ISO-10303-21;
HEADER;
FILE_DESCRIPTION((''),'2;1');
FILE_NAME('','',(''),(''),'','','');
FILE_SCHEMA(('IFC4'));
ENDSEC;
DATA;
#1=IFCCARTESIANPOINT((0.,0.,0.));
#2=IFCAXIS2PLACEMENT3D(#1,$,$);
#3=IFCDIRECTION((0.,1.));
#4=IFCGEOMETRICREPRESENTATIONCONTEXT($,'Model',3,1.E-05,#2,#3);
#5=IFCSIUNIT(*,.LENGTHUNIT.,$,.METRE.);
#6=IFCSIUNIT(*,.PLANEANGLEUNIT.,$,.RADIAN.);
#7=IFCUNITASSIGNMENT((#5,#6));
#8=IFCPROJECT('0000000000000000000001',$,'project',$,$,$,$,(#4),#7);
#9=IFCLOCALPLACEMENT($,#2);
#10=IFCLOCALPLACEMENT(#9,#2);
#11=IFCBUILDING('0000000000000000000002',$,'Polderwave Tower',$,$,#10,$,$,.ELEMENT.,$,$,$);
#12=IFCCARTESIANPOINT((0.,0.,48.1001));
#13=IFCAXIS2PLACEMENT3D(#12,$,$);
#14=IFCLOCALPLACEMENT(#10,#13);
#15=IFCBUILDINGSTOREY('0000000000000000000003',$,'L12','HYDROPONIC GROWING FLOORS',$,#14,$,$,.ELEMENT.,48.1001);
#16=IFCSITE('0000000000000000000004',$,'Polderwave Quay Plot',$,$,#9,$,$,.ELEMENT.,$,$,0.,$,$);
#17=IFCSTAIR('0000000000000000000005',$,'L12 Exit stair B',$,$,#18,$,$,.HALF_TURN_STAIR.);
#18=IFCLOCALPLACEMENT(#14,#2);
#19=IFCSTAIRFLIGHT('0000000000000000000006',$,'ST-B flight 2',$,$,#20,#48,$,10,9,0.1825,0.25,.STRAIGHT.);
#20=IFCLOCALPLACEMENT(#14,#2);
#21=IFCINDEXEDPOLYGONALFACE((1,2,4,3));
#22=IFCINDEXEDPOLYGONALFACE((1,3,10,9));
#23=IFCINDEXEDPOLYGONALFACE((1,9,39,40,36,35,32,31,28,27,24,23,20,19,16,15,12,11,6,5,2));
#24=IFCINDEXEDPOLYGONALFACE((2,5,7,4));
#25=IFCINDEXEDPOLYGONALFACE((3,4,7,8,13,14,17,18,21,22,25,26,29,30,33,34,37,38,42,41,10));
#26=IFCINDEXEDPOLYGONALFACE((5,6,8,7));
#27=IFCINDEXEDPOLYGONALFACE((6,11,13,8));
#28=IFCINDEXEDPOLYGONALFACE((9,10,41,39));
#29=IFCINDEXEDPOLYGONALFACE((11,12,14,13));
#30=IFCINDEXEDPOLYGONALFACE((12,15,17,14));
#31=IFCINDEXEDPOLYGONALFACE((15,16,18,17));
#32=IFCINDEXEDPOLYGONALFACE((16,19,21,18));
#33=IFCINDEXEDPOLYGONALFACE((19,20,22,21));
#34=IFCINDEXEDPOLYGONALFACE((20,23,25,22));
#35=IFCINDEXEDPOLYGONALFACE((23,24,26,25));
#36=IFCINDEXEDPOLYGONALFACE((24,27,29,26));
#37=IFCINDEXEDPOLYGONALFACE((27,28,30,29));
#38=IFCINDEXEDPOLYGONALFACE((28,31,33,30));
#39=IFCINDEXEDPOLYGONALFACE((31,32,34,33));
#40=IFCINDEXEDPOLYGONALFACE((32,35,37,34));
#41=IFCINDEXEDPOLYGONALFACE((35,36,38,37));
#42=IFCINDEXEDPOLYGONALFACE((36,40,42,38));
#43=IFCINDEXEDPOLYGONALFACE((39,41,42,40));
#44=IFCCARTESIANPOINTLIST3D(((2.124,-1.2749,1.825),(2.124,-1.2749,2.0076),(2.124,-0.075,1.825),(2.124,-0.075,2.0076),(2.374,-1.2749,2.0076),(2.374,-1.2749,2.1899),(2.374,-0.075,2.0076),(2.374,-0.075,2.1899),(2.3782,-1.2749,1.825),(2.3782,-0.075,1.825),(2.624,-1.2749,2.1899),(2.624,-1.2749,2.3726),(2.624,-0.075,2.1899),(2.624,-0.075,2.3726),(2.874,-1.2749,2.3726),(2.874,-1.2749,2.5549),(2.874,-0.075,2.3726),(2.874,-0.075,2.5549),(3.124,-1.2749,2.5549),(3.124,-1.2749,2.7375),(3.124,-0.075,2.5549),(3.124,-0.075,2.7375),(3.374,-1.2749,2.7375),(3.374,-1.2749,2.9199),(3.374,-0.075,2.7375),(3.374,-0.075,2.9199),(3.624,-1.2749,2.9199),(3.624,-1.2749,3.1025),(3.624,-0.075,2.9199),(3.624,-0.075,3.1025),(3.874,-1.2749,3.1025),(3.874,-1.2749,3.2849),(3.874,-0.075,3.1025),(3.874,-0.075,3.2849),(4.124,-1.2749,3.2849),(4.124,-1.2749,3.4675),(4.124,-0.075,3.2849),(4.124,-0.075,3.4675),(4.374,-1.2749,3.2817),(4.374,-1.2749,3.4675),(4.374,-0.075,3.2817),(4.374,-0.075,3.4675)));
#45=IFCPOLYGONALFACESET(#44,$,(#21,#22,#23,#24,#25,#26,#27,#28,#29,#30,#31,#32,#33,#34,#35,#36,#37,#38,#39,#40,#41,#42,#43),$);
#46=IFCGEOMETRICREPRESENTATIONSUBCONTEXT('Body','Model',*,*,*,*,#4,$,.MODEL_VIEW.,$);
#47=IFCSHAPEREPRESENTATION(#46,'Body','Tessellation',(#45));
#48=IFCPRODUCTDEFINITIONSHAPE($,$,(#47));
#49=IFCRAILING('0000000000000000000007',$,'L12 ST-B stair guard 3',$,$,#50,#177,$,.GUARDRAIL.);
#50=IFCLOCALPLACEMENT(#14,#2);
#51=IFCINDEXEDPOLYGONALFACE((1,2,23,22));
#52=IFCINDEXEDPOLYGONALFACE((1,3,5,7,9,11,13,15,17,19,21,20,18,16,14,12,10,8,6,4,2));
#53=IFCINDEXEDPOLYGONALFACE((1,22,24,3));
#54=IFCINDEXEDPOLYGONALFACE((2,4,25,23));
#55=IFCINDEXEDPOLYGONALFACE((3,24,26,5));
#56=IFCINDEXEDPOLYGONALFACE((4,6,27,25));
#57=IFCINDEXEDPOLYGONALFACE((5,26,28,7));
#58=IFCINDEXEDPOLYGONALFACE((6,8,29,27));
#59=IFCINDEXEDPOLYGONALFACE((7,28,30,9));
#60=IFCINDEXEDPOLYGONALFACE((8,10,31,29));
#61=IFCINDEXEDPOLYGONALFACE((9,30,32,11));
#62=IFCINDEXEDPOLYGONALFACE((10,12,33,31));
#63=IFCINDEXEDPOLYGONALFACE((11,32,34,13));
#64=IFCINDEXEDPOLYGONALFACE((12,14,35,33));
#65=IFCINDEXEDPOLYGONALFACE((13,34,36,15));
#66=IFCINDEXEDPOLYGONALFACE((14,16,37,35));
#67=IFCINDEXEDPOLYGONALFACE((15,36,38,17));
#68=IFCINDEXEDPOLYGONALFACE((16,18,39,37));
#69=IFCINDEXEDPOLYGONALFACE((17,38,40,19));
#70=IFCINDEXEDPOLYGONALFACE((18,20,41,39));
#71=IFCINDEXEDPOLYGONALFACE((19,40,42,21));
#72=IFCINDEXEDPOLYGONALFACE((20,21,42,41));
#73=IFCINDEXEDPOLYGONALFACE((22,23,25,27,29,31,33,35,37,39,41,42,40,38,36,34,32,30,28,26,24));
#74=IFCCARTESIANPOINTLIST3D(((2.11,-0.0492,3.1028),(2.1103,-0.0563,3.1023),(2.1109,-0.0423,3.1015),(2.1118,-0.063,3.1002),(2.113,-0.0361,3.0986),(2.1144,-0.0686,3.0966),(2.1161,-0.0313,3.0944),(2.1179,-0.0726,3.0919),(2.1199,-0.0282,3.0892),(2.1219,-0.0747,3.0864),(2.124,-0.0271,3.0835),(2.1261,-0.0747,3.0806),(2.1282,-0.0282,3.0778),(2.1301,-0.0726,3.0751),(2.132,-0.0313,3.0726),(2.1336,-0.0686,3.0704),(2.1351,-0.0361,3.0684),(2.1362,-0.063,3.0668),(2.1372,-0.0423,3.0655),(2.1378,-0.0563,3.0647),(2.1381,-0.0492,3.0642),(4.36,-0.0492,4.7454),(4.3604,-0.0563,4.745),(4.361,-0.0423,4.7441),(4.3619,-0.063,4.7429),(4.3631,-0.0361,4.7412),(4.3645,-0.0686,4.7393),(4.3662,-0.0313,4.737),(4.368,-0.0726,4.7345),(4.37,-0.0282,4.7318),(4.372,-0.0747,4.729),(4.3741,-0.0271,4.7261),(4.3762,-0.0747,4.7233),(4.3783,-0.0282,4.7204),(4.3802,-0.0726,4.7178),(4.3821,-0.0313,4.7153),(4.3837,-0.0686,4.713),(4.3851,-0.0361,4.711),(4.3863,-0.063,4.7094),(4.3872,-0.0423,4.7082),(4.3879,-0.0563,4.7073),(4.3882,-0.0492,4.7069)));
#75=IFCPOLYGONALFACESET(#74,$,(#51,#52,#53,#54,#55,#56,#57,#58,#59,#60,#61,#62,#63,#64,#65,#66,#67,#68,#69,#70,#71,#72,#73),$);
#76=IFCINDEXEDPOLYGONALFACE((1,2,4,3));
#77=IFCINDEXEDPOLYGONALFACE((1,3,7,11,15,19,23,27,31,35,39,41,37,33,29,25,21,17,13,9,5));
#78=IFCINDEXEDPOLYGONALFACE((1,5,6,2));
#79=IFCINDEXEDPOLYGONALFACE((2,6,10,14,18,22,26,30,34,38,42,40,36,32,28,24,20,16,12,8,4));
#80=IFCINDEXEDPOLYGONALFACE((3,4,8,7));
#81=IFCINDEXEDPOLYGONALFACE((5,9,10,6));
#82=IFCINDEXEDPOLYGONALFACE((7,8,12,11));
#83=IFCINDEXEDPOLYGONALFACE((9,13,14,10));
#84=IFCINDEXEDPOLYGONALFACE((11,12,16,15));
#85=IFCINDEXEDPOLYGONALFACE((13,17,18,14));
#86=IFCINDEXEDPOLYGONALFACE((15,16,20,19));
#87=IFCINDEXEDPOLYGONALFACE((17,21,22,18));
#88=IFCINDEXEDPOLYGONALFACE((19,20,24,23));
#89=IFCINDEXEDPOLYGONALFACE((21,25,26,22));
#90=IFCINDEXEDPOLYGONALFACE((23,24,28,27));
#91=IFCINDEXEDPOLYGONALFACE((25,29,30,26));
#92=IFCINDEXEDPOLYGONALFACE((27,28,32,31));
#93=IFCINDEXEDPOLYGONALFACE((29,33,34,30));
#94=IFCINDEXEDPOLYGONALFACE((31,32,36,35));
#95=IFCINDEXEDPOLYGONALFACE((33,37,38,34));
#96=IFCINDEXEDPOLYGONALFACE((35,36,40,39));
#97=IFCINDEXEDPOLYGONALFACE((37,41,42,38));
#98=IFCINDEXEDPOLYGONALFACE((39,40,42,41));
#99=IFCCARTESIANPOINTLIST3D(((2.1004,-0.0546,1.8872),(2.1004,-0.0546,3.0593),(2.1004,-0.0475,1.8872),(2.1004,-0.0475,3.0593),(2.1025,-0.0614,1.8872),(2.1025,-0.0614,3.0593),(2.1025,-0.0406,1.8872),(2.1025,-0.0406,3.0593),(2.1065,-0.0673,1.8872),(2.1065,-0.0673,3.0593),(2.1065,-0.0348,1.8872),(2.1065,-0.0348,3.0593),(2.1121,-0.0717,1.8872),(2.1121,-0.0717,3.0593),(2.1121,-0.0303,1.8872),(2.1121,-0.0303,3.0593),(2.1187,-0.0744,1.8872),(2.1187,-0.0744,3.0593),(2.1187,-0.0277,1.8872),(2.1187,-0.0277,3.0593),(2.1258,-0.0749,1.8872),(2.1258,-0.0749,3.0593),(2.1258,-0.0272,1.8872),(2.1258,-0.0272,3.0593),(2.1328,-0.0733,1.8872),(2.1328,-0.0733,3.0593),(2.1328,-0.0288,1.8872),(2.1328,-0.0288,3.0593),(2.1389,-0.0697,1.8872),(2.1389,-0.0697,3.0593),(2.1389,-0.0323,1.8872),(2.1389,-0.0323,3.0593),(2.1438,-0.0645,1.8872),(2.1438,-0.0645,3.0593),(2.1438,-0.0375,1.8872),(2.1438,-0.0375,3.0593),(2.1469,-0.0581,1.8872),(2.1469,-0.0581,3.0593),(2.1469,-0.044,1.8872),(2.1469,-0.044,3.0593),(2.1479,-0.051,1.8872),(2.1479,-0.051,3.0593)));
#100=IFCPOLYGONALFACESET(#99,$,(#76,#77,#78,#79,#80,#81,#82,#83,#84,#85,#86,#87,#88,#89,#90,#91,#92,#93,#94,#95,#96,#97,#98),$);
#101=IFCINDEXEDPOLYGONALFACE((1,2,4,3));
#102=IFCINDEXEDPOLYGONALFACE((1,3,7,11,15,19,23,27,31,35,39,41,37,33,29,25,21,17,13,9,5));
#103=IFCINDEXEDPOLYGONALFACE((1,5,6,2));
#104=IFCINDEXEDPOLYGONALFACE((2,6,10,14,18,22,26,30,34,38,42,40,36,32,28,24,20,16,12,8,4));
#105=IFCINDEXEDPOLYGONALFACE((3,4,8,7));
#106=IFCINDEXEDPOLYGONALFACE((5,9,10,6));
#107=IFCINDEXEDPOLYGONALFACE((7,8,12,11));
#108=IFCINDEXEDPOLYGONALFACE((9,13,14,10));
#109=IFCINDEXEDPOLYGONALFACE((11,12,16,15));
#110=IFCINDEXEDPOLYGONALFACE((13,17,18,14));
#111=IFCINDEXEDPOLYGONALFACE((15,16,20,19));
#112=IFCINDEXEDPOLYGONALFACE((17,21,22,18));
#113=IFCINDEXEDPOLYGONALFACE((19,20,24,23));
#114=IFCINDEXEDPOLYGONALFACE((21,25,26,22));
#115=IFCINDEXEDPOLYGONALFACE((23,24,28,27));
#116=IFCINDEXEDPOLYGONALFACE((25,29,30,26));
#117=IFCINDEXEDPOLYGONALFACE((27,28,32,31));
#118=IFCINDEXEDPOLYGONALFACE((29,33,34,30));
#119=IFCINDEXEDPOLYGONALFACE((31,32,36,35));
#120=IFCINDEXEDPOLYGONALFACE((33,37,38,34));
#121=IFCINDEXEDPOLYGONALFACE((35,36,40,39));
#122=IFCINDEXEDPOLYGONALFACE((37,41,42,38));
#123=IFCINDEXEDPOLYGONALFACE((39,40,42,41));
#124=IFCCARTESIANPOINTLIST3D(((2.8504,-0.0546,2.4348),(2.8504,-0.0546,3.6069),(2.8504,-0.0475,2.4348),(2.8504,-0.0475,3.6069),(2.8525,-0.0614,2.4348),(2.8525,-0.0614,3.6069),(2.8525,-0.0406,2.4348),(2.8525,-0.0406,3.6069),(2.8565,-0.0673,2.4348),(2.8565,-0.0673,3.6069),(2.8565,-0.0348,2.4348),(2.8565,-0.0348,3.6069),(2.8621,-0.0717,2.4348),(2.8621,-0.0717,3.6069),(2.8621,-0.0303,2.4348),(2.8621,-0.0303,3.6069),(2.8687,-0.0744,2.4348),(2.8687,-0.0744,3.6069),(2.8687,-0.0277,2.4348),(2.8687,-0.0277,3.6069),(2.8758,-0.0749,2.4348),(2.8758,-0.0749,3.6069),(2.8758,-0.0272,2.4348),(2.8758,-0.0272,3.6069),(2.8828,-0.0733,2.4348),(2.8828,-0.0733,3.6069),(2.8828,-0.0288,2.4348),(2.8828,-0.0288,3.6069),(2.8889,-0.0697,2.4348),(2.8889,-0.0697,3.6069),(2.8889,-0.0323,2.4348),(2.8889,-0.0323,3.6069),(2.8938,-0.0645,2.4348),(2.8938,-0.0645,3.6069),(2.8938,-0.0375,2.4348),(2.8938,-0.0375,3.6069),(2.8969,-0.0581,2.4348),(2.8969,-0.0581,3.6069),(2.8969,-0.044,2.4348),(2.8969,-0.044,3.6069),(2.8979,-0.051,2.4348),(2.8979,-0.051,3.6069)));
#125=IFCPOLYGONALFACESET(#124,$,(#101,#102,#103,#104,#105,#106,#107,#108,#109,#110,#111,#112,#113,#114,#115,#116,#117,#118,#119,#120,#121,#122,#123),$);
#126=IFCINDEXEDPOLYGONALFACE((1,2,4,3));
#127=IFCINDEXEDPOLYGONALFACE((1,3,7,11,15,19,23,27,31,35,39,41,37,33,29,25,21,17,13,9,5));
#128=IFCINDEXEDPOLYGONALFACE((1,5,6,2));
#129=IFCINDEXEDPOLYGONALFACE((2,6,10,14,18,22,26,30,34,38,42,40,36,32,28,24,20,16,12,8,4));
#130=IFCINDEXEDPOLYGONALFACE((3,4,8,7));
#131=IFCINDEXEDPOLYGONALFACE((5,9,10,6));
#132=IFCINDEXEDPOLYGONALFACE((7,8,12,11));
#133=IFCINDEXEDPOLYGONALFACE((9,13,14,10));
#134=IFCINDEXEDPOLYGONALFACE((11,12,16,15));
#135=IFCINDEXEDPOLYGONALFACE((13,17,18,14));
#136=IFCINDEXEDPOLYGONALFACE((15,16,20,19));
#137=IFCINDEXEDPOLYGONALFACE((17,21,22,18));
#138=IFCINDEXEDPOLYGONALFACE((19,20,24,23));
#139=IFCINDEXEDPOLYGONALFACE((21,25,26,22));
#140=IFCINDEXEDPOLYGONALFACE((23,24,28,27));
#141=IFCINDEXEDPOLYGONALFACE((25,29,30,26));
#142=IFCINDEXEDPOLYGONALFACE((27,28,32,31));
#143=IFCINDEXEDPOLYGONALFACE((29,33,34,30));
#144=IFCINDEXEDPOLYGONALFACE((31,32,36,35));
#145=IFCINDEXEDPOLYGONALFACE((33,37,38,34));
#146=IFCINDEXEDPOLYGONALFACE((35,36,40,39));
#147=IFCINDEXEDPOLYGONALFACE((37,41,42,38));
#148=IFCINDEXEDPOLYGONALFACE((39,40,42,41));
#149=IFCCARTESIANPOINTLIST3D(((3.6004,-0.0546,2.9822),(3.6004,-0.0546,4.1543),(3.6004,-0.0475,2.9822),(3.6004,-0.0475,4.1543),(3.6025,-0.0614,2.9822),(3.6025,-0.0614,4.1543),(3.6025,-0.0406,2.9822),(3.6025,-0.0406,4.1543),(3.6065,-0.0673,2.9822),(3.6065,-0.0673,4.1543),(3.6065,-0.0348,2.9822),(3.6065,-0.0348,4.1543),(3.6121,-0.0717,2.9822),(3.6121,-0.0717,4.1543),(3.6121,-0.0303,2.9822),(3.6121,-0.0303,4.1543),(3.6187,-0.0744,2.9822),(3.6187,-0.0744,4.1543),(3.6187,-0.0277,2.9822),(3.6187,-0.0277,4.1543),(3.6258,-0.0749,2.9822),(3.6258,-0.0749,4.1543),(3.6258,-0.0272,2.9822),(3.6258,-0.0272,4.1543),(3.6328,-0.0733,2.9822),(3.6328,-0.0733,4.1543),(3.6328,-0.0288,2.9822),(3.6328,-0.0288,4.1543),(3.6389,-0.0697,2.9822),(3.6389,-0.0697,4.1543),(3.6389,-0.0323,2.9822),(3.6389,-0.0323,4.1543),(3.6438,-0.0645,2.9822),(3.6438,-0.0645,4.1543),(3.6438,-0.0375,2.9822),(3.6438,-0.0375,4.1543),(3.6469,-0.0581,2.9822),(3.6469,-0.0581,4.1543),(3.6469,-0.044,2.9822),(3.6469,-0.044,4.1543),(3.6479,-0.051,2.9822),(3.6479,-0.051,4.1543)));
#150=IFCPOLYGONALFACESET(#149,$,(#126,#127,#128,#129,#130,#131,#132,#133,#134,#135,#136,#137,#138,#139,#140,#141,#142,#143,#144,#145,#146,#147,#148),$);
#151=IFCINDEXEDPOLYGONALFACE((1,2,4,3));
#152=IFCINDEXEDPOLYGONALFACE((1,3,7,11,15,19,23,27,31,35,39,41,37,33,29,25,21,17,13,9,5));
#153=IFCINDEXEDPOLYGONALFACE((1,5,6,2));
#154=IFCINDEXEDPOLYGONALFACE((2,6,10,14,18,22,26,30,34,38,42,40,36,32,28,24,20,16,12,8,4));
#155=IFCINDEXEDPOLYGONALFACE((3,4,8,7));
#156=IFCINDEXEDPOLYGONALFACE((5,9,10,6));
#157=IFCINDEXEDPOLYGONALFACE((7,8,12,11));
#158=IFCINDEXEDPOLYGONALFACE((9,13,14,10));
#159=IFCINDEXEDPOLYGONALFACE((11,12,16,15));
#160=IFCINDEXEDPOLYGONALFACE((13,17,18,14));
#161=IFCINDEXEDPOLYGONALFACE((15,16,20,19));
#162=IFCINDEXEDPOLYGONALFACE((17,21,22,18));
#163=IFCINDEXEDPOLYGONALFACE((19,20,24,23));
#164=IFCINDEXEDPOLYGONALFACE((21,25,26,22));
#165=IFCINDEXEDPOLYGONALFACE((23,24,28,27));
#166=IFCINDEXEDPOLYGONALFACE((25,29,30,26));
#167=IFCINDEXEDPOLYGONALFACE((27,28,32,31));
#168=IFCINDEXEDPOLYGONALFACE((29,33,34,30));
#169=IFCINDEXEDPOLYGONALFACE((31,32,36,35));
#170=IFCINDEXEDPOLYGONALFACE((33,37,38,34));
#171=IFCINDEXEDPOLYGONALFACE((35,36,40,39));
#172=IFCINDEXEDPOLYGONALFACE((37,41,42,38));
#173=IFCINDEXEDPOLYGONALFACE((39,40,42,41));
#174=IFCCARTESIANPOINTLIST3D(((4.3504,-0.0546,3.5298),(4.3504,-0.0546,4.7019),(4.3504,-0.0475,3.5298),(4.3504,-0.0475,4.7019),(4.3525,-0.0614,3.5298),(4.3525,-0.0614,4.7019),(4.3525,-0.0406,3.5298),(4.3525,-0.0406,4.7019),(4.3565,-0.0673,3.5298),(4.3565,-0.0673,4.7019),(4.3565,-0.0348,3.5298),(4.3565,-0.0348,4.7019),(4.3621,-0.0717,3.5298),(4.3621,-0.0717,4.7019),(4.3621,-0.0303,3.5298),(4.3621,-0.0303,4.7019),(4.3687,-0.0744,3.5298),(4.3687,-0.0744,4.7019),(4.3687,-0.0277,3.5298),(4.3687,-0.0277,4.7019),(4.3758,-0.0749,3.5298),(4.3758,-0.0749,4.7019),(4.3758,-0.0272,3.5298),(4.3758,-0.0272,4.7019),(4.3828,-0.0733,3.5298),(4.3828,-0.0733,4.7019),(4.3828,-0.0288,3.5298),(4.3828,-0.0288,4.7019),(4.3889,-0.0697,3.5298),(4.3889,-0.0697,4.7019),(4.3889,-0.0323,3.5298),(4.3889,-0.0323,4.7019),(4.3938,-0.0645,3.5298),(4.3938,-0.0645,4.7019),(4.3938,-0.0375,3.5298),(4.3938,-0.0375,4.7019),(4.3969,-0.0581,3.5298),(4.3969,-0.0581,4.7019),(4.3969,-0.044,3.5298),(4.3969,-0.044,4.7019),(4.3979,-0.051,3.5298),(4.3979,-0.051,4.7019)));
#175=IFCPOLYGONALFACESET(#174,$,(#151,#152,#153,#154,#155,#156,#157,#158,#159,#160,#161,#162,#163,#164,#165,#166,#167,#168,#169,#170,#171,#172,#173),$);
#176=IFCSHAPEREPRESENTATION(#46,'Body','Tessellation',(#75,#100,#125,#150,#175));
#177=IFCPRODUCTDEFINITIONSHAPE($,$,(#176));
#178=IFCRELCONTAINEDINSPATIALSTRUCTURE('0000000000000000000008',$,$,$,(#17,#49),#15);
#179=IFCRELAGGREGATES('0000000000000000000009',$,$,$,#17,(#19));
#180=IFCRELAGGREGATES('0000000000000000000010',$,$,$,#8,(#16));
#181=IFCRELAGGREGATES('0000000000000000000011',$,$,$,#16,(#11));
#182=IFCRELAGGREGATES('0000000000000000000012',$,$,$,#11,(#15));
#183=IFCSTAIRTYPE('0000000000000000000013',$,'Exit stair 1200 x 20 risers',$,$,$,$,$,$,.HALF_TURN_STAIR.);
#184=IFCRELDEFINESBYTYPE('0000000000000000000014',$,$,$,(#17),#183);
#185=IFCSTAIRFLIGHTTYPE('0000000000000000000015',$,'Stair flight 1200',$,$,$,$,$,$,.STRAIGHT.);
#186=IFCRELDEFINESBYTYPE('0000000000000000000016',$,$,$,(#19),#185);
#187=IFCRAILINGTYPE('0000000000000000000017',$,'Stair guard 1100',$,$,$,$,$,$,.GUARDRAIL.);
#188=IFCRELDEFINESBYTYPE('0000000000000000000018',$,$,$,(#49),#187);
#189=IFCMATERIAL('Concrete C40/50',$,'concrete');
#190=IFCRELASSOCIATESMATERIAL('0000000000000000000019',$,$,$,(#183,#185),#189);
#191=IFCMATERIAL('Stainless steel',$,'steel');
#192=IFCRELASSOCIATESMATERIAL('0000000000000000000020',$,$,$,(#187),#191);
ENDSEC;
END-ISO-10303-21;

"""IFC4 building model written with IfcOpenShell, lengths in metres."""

from ifc_helpers import new_model, si_unit, direction, frame, origin, origin_2d, place, context, subcontext, project, spatial, polyline, circle, outline, extrude, material, type_object, element, aggregate, save


model = new_model("IFC4")

# Units and contexts
model_context = context("Model", 3, precision=1e-05, world=origin(), true_north=direction((0.0, 1.0)))
body_context = subcontext(model_context, "Body", "Model", "MODEL_VIEW")
ifc_project = project(units=[si_unit("LENGTHUNIT", "METRE"), si_unit("PLANEANGLEUNIT", "RADIAN")], contexts=[model_context])

# Site, building, storey
site_placement = place(None, origin())
site = spatial("IfcSite", under=ifc_project, at=site_placement, Name="Polderwave Quay Plot", CompositionType="ELEMENT", RefElevation=0.0)
building_placement = place(site_placement, origin())
building = spatial("IfcBuilding", under=site, at=building_placement, Name="Polderwave Tower", CompositionType="ELEMENT")
storey_placement = place(building_placement, frame((0.0, 0.0, 48.1001)))
storey = spatial("IfcBuildingStorey", under=building, at=storey_placement, Name="L12", Description="HYDROPONIC GROWING FLOORS", CompositionType="ELEMENT", Elevation=48.1001)

# Stair, stair flight
ifc_material_1 = material(Name="Concrete C40/50", Category="concrete")
stair_type = type_object("IfcStairType", Name="Exit stair 1200 x 20 risers", PredefinedType="HALF_TURN_STAIR", material=ifc_material_1)
stair_placement = place(storey_placement, origin())
stair = element("IfcStair", 1, at=stair_placement, inside=storey, type_object=stair_type, Name="L12 Exit stair B", PredefinedType="HALF_TURN_STAIR")
stair_flight_type = type_object("IfcStairFlightType", Name="Stair flight 1200", PredefinedType="STRAIGHT", material=ifc_material_1)
stair_flight_placement = place(storey_placement, frame((2.124, -0.675, 1.825), z_axis=(0.0, 0.0, 1.0), x_axis=(1.0, 0.0, 0.0)))
stair_flight = element("IfcStairFlight", 2, at=stair_flight_placement, type_object=stair_flight_type, Name="ST-B flight 2", NumberOfRisers=10, NumberOfTreads=9, PredefinedType="STRAIGHT", RiserHeight=0.1825, TreadLength=0.25, context=body_context, shape_type="SweptSolid", body=[
    extrude(outline(polyline([(0.0, 0.0), (0.0, 0.1826), (0.25, 0.1826), (0.25, 0.365), (0.5, 0.365), (0.5, 0.5476), (0.75, 0.5476), (0.75, 0.73), (1.0, 0.73), (1.0, 0.9126), (1.25, 0.9126), (1.25, 1.095), (1.5, 1.095), (1.5, 1.2776), (1.75, 1.2776), (1.75, 1.46), (2.0, 1.46), (2.0, 1.6426), (2.25, 1.6426), (2.25, 1.825), (2.25, 1.4568), (0.2542, 0.0), (0.0, 0.0)])), frame((0.0, 0.6001, 0.0), z_axis=(0.0, -1.0, 0.0), x_axis=(1.0, 0.0, 0.0)), (0.0, 0.0, 1.0), 1.2),
])
aggregate(stair, [stair_flight])

# Railing
ifc_material_2 = material(Name="Stainless steel", Category="steel")
railing_type_1 = type_object("IfcRailingType", Name="Stair guard 1100", PredefinedType="GUARDRAIL", material=ifc_material_2)
railing_1_placement = place(storey_placement, frame((2.124, -0.051, 1.8872)))
element("IfcRailing", 3, at=railing_1_placement, inside=storey, type_object=railing_type_1, Name="L12 ST-B stair guard 3", PredefinedType="GUARDRAIL", context=body_context, shape_type="SweptSolid", body=[
    extrude(circle(Radius=0.0239, at=origin_2d()), frame((0.0, 0.0, 1.1963), z_axis=(0.807674, 0.0, 0.58963), x_axis=(0.0, 1.0, 0.0)), (0.0, 0.0, 1.0), 2.7859),
    extrude(circle(Radius=0.0239, at=origin_2d()), origin(), (0.0, 0.0, 1.0), 1.1721),
    extrude(circle(Radius=0.0239, at=origin_2d()), frame((0.75, 0.0, 0.5476)), (0.0, 0.0, 1.0), 1.1721),
    extrude(circle(Radius=0.0239, at=origin_2d()), frame((1.5, 0.0, 1.095)), (0.0, 0.0, 1.0), 1.1721),
    extrude(circle(Radius=0.0239, at=origin_2d()), frame((2.25, 0.0, 1.6426)), (0.0, 0.0, 1.0), 1.1721),
])

save(model, "model.ifc")
